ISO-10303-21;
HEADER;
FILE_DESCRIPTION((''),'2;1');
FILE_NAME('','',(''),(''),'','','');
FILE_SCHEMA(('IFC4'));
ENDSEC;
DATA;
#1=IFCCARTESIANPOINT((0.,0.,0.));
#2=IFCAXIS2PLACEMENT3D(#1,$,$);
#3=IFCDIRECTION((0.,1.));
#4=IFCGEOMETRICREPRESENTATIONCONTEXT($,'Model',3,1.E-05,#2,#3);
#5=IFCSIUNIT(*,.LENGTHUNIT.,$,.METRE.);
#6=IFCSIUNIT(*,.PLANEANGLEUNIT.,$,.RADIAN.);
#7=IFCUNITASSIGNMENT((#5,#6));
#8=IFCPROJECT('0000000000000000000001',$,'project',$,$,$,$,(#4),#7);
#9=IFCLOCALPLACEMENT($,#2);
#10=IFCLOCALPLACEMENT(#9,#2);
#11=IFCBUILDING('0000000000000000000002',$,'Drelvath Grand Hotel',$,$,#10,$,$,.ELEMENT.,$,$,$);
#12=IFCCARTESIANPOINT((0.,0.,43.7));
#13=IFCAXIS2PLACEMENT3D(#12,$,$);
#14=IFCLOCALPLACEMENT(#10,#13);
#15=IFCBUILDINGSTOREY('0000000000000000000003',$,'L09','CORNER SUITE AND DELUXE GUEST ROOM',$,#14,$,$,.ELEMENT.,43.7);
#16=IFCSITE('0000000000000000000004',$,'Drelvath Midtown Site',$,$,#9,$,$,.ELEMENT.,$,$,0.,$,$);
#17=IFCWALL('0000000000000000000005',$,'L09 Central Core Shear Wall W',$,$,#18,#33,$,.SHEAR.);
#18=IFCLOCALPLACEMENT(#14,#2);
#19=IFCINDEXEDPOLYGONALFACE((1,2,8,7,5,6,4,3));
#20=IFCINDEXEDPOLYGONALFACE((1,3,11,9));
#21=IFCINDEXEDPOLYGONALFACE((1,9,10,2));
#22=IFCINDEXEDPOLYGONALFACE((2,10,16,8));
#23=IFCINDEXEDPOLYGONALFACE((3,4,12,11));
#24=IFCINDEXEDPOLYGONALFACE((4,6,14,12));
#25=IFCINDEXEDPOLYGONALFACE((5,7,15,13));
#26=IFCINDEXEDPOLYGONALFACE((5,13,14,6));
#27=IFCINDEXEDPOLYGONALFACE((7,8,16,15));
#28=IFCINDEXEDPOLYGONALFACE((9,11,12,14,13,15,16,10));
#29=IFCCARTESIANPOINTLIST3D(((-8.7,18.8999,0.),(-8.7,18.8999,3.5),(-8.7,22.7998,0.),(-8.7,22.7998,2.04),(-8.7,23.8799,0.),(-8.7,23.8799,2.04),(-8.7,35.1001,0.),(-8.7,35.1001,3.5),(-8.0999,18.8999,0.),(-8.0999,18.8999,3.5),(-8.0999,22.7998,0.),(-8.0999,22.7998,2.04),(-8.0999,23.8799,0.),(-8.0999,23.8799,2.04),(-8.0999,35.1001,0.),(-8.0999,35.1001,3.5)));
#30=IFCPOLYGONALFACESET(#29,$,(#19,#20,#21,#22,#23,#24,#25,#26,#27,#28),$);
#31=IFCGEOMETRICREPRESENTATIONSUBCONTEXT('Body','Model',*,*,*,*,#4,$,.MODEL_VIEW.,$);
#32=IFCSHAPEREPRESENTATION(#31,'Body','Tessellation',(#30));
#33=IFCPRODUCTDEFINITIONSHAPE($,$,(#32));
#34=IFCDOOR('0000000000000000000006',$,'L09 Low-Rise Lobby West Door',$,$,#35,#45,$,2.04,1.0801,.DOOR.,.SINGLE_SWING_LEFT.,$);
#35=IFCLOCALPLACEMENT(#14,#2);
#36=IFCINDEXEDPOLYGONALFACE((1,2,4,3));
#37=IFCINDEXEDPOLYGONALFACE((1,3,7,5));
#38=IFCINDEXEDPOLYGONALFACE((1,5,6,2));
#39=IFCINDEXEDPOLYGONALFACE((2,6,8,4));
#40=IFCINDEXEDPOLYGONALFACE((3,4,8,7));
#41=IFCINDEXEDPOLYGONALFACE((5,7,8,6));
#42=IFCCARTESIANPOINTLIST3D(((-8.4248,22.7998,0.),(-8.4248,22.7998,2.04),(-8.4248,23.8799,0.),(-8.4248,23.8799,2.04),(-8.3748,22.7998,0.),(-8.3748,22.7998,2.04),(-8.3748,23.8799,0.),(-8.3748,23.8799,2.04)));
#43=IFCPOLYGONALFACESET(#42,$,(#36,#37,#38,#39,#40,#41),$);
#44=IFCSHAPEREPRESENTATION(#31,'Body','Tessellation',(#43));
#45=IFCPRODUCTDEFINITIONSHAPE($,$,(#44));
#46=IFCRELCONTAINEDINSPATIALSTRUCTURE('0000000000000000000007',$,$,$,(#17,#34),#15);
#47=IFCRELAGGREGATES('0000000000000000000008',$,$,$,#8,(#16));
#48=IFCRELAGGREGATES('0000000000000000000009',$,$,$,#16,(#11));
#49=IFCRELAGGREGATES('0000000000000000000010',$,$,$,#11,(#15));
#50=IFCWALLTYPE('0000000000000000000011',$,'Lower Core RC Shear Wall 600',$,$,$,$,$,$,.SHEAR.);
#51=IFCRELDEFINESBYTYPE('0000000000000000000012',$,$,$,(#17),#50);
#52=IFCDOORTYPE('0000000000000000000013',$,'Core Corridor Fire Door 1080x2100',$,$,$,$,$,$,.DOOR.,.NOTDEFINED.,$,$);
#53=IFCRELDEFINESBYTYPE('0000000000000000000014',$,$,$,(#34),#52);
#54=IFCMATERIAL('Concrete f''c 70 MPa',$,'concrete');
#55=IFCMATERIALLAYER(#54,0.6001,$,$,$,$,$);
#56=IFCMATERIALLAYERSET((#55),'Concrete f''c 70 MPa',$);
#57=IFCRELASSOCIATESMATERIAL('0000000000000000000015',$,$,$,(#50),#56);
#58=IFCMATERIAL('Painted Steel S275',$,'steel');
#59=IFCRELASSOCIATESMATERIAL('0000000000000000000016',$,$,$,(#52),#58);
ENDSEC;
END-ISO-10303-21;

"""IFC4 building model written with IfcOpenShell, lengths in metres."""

from ifc_helpers import new_model, si_unit, direction, frame, frame_2d, origin, place, context, subcontext, project, spatial, rectangle, extrude, material, layer, layer_set, type_object, element, fill, save


model = new_model("IFC4")

# Units and contexts
model_context = context("Model", 3, precision=1e-05, world=origin(), true_north=direction((0.0, 1.0)))
body_context = subcontext(model_context, "Body", "Model", "MODEL_VIEW")
ifc_project = project(units=[si_unit("LENGTHUNIT", "METRE"), si_unit("PLANEANGLEUNIT", "RADIAN")], contexts=[model_context])

# Site, building, storey
site_placement = place(None, origin())
site = spatial("IfcSite", under=ifc_project, at=site_placement, Name="Drelvath Midtown Site", CompositionType="ELEMENT", RefElevation=0.0)
building_placement = place(site_placement, origin())
building = spatial("IfcBuilding", under=site, at=building_placement, Name="Drelvath Grand Hotel", CompositionType="ELEMENT")
storey_placement = place(building_placement, frame((0.0, 0.0, 43.7)))
storey = spatial("IfcBuildingStorey", under=building, at=storey_placement, Name="L09", Description="CORNER SUITE AND DELUXE GUEST ROOM", CompositionType="ELEMENT", Elevation=43.7)

# Wall, opening, door
ifc_material_1 = material(Name="Concrete f'c 70 MPa", Category="concrete")
ifc_layer_1 = layer(ifc_material_1, 0.6001)
ifc_layer_set_1 = layer_set([ifc_layer_1], Name="Concrete f'c 70 MPa")
wall_type_1 = type_object("IfcWallType", Name="Lower Core RC Shear Wall 600", PredefinedType="SHEAR", material=ifc_layer_set_1)
wall_1_placement = place(storey_placement, frame((-8.3999, 18.8999, 0.0), z_axis=(0.0, 0.0, 1.0), x_axis=(0.0, 1.0, 0.0)))
wall_1 = element("IfcWall", 1, at=wall_1_placement, inside=storey, type_object=wall_type_1, Name="L09 Central Core Shear Wall W", PredefinedType="SHEAR", context=body_context, shape_type="SweptSolid", body=[
    extrude(rectangle(XDim=16.2002, YDim=0.6001, at=frame_2d((8.1001, 0.0))), origin(), (0.0, 0.0, 1.0), 3.5),
])
opening_1_placement = place(wall_1_placement, frame((3.8999, 0.0, 0.0)))
opening_1 = element("IfcOpeningElement", 2, at=opening_1_placement, cuts=wall_1, PredefinedType="OPENING", context=body_context, shape_type="SweptSolid", body=[
    extrude(rectangle(XDim=1.0801, YDim=2.04, at=frame_2d((0.54, 1.02))), frame((0.0, 0.3101, 0.0), z_axis=(0.0, -1.0, 0.0), x_axis=(1.0, 0.0, 0.0)), (0.0, 0.0, 1.0), 0.6201),
])
ifc_material_2 = material(Name="Painted Steel S275", Category="steel")
door_type_1 = type_object("IfcDoorType", Name="Core Corridor Fire Door 1080x2100", OperationType="NOTDEFINED", PredefinedType="DOOR", material=ifc_material_2)
door_1_placement = place(opening_1_placement, origin())
door_1 = element("IfcDoor", 3, at=door_1_placement, inside=storey, type_object=door_type_1, Name="L09 Low-Rise Lobby West Door", OperationType="SINGLE_SWING_LEFT", OverallHeight=2.04, OverallWidth=1.0801, PredefinedType="DOOR", context=body_context, shape_type="SweptSolid", body=[
    extrude(rectangle(XDim=1.0801, YDim=2.04, at=frame_2d((0.54, 1.02))), frame((0.0, 0.0249, 0.0), z_axis=(0.0, -1.0, 0.0), x_axis=(1.0, 0.0, 0.0)), (0.0, 0.0, 1.0), 0.05),
])
fill(opening_1, door_1)

save(model, "model.ifc")
